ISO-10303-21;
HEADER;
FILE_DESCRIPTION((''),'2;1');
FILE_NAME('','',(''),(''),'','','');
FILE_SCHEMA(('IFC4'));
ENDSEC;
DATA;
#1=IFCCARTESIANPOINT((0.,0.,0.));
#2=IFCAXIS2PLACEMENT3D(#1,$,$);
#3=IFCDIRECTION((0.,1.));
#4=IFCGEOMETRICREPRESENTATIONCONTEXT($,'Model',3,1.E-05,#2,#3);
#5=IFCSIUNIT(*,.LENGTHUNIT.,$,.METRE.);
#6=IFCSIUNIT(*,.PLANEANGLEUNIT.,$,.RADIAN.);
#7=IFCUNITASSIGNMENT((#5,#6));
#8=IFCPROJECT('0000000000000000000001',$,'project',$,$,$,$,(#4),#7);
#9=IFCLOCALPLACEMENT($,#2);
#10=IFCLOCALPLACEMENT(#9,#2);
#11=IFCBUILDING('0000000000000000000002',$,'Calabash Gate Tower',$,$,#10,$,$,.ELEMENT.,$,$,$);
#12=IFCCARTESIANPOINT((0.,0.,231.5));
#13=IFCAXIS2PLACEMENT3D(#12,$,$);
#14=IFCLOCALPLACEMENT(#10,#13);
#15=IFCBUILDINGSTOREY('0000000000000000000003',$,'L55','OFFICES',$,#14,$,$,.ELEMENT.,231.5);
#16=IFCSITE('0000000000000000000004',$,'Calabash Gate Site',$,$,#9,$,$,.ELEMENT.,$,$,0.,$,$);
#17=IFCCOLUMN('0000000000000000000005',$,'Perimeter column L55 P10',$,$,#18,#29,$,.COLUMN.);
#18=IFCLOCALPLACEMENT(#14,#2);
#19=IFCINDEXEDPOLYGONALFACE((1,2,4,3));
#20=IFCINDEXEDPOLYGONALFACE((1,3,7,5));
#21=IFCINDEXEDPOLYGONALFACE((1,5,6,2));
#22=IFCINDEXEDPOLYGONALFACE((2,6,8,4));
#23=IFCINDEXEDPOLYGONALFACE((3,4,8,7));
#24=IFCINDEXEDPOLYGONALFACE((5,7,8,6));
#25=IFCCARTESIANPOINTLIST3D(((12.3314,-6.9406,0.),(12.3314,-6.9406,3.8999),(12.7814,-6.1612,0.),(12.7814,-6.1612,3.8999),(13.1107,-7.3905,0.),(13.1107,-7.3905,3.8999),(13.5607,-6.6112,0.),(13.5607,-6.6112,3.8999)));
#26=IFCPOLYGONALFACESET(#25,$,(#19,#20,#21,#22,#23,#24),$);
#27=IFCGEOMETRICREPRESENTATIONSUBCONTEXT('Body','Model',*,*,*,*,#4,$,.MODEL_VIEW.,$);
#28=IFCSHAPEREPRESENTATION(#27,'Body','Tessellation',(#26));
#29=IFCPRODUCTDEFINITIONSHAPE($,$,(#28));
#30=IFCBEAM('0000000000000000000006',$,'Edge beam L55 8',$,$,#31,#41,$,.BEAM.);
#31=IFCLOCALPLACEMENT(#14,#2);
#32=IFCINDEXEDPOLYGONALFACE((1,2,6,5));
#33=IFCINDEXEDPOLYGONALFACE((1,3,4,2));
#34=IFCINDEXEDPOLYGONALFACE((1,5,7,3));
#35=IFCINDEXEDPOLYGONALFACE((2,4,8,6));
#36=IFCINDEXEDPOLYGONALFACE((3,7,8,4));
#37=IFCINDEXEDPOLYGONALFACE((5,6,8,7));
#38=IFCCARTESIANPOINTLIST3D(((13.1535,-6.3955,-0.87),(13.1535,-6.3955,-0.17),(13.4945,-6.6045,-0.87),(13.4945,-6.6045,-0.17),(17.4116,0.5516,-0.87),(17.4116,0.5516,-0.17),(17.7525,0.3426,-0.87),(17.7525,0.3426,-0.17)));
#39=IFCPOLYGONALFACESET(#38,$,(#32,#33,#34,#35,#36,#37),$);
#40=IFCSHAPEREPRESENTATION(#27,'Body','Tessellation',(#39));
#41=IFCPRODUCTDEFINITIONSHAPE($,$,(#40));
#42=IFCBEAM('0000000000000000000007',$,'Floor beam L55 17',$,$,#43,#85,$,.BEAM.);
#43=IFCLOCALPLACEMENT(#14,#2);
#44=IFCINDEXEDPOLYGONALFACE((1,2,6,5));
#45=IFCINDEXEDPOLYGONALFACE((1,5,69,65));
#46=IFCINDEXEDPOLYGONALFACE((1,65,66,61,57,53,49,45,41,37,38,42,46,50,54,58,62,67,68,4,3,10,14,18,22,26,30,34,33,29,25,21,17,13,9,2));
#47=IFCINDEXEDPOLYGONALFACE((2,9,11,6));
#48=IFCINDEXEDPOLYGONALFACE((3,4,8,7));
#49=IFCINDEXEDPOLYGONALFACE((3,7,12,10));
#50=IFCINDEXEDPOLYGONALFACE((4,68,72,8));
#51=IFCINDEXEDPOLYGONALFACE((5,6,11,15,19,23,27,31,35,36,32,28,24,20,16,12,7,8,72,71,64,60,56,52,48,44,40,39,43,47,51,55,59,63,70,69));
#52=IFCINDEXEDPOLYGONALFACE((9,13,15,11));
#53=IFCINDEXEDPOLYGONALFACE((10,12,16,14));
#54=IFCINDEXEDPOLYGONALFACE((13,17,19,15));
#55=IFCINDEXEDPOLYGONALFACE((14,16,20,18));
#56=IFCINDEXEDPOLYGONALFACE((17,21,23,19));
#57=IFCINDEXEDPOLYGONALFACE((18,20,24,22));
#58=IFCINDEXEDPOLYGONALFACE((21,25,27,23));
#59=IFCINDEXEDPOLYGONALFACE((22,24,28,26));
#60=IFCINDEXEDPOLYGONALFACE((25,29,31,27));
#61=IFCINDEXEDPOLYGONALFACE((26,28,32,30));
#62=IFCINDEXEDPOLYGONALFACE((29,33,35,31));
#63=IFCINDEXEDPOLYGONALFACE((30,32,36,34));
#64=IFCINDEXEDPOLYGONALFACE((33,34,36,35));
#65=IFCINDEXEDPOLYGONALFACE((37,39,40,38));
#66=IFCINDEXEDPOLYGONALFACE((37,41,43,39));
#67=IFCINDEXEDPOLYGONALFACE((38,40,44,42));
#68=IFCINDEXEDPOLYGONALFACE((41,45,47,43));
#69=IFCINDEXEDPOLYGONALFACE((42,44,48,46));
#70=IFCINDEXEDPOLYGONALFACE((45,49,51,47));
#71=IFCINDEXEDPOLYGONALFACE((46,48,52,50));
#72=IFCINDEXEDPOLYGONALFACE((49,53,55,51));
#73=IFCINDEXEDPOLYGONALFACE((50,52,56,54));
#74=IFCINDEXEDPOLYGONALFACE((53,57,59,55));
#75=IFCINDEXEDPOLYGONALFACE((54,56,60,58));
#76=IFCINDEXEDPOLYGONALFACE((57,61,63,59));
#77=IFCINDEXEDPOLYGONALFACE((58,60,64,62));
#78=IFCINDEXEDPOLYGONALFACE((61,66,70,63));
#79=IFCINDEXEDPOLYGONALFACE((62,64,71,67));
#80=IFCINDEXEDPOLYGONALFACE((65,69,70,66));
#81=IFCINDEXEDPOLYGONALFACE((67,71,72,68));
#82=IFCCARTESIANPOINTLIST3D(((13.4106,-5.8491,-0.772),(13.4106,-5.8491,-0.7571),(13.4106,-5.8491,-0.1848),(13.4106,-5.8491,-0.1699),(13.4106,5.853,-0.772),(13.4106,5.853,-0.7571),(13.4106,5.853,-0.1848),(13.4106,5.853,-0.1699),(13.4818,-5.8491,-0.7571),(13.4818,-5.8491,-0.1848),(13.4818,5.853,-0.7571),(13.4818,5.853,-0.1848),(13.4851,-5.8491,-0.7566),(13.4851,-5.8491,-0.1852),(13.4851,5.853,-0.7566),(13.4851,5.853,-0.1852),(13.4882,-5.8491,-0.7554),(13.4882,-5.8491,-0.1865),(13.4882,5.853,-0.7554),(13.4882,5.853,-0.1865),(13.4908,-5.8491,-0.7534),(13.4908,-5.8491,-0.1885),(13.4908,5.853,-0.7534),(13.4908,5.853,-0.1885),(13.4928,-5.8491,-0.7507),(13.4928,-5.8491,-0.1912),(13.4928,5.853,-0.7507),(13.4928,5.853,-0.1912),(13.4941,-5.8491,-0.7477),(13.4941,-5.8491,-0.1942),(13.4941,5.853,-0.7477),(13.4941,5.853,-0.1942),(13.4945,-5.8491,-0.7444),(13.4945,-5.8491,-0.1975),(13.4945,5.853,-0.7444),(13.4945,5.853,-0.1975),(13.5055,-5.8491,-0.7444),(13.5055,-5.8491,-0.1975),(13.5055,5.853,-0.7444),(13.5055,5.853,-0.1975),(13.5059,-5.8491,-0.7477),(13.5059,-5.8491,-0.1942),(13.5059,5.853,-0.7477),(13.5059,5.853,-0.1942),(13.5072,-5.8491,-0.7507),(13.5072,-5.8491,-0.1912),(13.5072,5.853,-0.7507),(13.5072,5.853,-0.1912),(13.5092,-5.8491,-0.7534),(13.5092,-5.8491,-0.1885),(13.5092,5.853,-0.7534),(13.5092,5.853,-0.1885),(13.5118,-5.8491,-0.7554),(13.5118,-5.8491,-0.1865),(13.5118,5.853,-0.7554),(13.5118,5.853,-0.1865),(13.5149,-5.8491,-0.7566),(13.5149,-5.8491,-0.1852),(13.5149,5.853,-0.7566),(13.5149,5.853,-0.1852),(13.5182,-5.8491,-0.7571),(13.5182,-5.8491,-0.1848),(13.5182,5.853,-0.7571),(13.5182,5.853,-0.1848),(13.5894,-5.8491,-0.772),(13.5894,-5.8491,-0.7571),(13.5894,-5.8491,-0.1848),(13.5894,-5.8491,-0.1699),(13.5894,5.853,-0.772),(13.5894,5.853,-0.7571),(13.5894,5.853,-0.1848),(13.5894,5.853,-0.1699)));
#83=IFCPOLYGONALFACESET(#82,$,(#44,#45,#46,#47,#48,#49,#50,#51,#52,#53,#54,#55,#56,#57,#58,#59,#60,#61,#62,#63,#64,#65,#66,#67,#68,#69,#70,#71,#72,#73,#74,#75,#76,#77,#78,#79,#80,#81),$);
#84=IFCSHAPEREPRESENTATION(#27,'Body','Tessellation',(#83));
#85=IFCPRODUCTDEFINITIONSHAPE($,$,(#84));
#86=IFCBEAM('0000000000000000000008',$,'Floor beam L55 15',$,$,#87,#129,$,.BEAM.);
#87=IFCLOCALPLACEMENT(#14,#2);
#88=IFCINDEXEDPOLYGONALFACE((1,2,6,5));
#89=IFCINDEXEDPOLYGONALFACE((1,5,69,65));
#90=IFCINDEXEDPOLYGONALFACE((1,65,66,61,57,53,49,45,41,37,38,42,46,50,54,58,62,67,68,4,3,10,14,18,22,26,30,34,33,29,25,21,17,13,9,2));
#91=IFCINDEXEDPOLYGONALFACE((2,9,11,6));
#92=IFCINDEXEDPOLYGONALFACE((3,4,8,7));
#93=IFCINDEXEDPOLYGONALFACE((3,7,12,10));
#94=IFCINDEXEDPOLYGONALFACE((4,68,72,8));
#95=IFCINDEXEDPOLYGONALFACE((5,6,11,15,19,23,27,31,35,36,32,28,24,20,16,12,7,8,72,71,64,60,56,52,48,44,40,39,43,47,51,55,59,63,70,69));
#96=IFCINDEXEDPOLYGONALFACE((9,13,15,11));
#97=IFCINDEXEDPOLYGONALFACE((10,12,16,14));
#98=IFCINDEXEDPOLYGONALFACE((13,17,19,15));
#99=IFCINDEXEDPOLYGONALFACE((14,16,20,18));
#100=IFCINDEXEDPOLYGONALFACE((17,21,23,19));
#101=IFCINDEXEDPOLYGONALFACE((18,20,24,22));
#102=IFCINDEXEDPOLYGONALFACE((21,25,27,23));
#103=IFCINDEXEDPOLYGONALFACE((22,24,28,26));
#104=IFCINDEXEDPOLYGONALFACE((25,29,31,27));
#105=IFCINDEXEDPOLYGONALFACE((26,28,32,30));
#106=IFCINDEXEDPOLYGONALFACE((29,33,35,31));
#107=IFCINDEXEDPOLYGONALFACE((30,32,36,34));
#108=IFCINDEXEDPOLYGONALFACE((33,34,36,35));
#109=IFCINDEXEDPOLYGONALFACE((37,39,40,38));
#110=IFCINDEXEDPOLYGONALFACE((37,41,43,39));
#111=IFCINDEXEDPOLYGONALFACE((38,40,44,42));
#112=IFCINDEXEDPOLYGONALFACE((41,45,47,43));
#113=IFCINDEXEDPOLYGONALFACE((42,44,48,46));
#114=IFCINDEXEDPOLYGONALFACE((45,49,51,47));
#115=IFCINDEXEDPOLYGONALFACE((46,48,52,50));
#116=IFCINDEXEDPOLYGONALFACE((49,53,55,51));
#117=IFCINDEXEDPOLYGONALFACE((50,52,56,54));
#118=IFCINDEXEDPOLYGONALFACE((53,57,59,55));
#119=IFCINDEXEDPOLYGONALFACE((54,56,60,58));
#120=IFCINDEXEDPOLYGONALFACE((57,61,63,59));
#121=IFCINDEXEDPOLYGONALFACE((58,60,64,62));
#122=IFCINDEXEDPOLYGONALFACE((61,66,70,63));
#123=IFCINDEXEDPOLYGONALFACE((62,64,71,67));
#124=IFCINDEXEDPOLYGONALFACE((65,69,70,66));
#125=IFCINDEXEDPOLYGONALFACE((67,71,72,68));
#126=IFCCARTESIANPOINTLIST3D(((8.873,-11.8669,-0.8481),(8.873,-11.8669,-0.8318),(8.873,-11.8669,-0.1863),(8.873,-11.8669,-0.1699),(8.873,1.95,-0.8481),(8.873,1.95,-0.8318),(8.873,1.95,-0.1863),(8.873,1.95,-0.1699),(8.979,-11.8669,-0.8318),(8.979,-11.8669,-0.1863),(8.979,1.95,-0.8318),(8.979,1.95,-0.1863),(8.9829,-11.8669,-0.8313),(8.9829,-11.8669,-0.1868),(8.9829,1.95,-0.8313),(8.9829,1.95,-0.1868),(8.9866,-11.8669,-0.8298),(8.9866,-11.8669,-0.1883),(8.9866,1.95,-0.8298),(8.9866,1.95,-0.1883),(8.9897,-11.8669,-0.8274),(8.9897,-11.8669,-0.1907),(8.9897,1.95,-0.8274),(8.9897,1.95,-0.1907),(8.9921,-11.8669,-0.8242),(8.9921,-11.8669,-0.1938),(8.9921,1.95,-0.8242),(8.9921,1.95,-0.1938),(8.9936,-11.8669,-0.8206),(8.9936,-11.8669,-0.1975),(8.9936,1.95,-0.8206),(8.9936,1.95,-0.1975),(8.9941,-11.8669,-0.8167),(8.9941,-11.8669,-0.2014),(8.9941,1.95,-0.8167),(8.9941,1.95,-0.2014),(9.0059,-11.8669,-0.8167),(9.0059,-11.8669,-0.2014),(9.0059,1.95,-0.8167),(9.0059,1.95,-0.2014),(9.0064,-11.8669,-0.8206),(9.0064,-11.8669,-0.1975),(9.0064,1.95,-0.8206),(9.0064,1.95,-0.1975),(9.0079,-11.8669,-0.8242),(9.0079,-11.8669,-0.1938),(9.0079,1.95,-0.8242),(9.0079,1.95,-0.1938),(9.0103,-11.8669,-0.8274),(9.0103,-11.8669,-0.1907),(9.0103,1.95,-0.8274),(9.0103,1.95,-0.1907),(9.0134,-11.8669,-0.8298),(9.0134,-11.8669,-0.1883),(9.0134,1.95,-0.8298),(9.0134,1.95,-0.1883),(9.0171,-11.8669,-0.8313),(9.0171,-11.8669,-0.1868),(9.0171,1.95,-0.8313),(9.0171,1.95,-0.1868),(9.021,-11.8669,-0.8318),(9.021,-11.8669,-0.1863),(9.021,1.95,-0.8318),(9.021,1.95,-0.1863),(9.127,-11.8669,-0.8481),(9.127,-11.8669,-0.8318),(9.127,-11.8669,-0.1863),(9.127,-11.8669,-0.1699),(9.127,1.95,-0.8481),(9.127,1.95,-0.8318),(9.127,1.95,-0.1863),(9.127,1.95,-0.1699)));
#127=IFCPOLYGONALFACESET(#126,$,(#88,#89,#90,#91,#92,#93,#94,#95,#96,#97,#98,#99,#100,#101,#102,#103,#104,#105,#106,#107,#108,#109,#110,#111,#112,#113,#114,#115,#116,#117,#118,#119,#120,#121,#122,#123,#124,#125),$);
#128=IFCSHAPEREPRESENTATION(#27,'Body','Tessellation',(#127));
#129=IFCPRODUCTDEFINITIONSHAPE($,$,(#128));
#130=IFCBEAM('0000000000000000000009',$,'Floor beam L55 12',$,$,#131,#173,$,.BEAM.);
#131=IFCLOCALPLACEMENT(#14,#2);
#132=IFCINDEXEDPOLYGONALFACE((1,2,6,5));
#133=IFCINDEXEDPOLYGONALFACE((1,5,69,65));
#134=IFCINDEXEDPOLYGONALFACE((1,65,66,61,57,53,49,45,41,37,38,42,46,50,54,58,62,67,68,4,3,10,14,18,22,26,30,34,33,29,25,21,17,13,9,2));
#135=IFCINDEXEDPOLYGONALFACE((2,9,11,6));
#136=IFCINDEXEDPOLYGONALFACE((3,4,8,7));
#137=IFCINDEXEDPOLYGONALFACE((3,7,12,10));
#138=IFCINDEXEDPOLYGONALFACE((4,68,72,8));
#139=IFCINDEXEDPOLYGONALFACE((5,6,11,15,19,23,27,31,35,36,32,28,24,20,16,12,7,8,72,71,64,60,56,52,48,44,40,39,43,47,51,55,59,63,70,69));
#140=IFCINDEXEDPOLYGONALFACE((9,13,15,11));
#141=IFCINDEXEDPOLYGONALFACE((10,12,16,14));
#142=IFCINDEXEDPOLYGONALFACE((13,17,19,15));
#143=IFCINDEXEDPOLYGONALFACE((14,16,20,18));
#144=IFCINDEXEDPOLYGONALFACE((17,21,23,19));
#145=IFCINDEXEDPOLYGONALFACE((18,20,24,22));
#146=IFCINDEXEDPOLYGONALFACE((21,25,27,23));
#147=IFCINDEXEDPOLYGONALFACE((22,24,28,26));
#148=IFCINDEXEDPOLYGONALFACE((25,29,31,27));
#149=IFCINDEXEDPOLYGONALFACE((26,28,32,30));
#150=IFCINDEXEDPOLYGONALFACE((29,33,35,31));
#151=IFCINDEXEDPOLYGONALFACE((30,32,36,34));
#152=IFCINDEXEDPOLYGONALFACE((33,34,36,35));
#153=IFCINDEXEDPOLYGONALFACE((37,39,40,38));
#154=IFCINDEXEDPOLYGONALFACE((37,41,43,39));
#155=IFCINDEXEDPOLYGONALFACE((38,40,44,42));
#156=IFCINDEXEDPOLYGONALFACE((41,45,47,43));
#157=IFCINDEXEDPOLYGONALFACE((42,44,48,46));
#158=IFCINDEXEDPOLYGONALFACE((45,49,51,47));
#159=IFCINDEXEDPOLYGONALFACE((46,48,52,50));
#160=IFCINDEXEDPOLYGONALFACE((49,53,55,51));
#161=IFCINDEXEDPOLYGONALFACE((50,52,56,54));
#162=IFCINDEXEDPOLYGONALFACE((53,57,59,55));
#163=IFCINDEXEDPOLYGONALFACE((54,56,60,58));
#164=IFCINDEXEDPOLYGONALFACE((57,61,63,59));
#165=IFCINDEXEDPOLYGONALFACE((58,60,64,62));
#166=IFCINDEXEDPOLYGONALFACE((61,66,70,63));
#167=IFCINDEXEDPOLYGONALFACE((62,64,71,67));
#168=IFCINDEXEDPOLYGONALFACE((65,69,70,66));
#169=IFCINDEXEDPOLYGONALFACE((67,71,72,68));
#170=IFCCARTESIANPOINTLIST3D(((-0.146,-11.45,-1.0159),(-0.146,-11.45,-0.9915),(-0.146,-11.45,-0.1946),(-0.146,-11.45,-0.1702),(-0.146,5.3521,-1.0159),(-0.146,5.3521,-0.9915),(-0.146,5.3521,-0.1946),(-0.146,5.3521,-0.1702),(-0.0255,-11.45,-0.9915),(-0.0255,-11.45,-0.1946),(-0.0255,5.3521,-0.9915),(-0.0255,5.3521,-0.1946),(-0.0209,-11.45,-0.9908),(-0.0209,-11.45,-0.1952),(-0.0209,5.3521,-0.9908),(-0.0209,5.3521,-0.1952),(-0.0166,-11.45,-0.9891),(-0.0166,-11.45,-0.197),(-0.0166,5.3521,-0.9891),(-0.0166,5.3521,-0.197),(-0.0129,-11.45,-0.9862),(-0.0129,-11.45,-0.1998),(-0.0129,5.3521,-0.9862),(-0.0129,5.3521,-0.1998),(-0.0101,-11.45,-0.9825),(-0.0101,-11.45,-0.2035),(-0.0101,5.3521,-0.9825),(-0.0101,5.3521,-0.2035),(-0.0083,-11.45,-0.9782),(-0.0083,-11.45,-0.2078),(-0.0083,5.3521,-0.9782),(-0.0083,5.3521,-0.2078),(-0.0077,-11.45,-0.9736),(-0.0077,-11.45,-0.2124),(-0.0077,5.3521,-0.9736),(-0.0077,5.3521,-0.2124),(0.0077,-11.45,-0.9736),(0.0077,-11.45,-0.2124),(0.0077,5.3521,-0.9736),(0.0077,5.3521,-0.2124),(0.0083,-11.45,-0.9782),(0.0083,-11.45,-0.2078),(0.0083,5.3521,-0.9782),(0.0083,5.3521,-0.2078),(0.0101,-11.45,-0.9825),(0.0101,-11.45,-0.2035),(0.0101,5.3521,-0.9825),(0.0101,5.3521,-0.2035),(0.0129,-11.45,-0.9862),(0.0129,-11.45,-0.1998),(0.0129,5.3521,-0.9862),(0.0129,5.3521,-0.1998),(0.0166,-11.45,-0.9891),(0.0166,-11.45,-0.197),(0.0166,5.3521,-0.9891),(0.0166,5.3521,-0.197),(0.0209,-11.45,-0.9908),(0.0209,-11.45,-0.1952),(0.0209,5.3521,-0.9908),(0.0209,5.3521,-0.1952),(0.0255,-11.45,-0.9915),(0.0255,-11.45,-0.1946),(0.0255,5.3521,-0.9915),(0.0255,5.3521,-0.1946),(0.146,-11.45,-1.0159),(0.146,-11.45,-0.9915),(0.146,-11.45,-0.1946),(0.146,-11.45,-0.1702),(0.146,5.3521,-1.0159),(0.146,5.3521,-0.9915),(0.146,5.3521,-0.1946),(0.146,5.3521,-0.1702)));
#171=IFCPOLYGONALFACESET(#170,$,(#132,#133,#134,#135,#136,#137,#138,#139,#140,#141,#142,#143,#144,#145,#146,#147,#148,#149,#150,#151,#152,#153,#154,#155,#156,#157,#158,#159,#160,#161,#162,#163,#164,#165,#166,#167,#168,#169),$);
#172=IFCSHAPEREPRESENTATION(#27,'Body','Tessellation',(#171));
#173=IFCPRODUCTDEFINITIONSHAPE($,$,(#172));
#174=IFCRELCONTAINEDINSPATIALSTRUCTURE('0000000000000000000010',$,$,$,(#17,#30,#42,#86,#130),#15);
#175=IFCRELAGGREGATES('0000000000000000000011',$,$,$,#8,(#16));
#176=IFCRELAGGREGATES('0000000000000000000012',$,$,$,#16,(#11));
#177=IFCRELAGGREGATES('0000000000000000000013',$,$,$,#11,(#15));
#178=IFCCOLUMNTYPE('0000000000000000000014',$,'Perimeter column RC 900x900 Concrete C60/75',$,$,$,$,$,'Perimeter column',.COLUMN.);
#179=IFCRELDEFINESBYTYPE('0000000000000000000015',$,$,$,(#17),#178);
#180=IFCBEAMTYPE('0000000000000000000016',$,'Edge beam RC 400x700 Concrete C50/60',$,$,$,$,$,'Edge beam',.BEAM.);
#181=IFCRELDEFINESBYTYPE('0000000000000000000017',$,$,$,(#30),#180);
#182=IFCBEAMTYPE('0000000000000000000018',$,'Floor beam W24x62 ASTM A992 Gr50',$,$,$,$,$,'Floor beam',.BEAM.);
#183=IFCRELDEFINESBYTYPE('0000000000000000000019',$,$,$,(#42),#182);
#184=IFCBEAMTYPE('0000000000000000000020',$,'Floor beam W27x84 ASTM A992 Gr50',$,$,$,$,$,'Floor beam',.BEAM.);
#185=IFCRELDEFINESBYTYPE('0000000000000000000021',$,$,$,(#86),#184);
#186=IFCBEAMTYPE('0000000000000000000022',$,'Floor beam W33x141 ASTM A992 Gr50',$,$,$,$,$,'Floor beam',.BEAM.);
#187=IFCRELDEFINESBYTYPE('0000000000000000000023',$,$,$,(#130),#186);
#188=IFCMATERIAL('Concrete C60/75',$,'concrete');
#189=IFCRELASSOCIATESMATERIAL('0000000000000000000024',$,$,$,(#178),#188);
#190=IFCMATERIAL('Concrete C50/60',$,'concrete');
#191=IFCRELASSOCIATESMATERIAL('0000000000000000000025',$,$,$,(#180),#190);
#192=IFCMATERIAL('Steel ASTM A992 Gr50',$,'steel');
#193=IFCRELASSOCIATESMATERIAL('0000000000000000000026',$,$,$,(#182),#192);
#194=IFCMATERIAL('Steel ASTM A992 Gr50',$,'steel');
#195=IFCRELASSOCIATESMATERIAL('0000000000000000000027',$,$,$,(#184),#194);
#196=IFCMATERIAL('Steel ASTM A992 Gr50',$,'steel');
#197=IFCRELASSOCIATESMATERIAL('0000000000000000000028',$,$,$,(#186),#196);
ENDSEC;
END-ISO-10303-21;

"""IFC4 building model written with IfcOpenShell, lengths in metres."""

from ifc_helpers import new_model, si_unit, direction, frame, origin, origin_2d, place, context, subcontext, project, spatial, rectangle, i_section, extrude, material, material_profile, profile_set, type_object, element, save


model = new_model("IFC4")

# Units and contexts
model_context = context("Model", 3, precision=1e-05, world=origin(), true_north=direction((0.0, 1.0)))
body_context = subcontext(model_context, "Body", "Model", "MODEL_VIEW")
ifc_project = project(units=[si_unit("LENGTHUNIT", "METRE"), si_unit("PLANEANGLEUNIT", "RADIAN")], contexts=[model_context])

# Site, building, storey
site_placement = place(None, origin())
site = spatial("IfcSite", under=ifc_project, at=site_placement, Name="Calabash Gate Site", CompositionType="ELEMENT", RefElevation=0.0)
building_placement = place(site_placement, origin())
building = spatial("IfcBuilding", under=site, at=building_placement, Name="Calabash Gate Tower", CompositionType="ELEMENT")
storey_placement = place(building_placement, frame((0.0, 0.0, 231.5)))
storey = spatial("IfcBuildingStorey", under=building, at=storey_placement, Name="L55", Description="OFFICES", CompositionType="ELEMENT", Elevation=231.5)

# Column
ifc_material_1 = material(Name="Concrete C60/75", Category="concrete")
ifc_material_profile_1 = material_profile(ifc_material_1, rectangle(XDim=0.8999, YDim=0.8999, at=origin_2d()))
ifc_profile_set_1 = profile_set([ifc_material_profile_1], Name="Concrete C60/75")
column_type = type_object("IfcColumnType", Name="Perimeter column RC 900x900 Concrete C60/75", ElementType="Perimeter column", PredefinedType="COLUMN", material=ifc_profile_set_1)
column_placement = place(storey_placement, frame((12.946, -6.7759, 0.0), z_axis=(0.0, 0.0, 1.0), x_axis=(0.5, 0.866025, 0.0)))
element("IfcColumn", 1, at=column_placement, inside=storey, type_object=column_type, Name="Perimeter column L55 P10", PredefinedType="COLUMN", context=body_context, shape_type="SweptSolid", body=[
    extrude(rectangle(XDim=0.8999, YDim=0.8999, at=origin_2d()), origin(), (0.0, 0.0, 1.0), 3.8999),
])

# Beams
ifc_material_2 = material(Name="Concrete C50/60", Category="concrete")
ifc_material_profile_2 = material_profile(ifc_material_2, rectangle(XDim=0.3999, YDim=0.7, at=origin_2d()))
ifc_profile_set_2 = profile_set([ifc_material_profile_2], Name="Concrete C50/60")
beam_type_1 = type_object("IfcBeamType", Name="Edge beam RC 400x700 Concrete C50/60", ElementType="Edge beam", PredefinedType="BEAM", material=ifc_profile_set_2)
beam_1_placement = place(storey_placement, frame((13.324, -6.5, -0.52), z_axis=(0.52258, 0.85259, 0.0), x_axis=(-0.85259, 0.52258, 0.0)))
element("IfcBeam", 2, at=beam_1_placement, inside=storey, type_object=beam_type_1, Name="Edge beam L55 8", PredefinedType="BEAM", context=body_context, shape_type="SweptSolid", body=[
    extrude(rectangle(XDim=0.3999, YDim=0.7, at=origin_2d()), origin(), (0.0, 0.0, 1.0), 8.1482),
])
ifc_material_3 = material(Name="Steel ASTM A992 Gr50", Category="steel")
ifc_material_profile_3 = material_profile(ifc_material_3, i_section(OverallWidth=0.1787, OverallDepth=0.6021, WebThickness=0.011, FlangeThickness=0.0149, FilletRadius=0.0127, at=origin_2d()))
ifc_profile_set_3 = profile_set([ifc_material_profile_3], Name="Steel ASTM A992 Gr50")
beam_type_2 = type_object("IfcBeamType", Name="Floor beam W24x62 ASTM A992 Gr50", ElementType="Floor beam", PredefinedType="BEAM", material=ifc_profile_set_3)
beam_2_placement = place(storey_placement, frame((13.5, -5.8491, -0.4709), z_axis=(0.0, 1.0, 0.0), x_axis=(-1.0, 0.0, 0.0)))
element("IfcBeam", 3, at=beam_2_placement, inside=storey, type_object=beam_type_2, Name="Floor beam L55 17", PredefinedType="BEAM", context=body_context, shape_type="SweptSolid", body=[
    extrude(i_section(OverallWidth=0.1787, OverallDepth=0.6021, WebThickness=0.011, FlangeThickness=0.0149, FilletRadius=0.0127, at=origin_2d()), origin(), (0.0, 0.0, 1.0), 11.7021),
])
ifc_material_4 = material(Name="Steel ASTM A992 Gr50", Category="steel")
ifc_material_profile_4 = material_profile(ifc_material_4, i_section(OverallWidth=0.2539, OverallDepth=0.6782, WebThickness=0.0117, FlangeThickness=0.0164, FilletRadius=0.0151, at=origin_2d()))
ifc_profile_set_4 = profile_set([ifc_material_profile_4], Name="Steel ASTM A992 Gr50")
beam_type_3 = type_object("IfcBeamType", Name="Floor beam W27x84 ASTM A992 Gr50", ElementType="Floor beam", PredefinedType="BEAM", material=ifc_profile_set_4)
beam_3_placement = place(storey_placement, frame((9.0, -11.8669, -0.509), z_axis=(0.0, 1.0, 0.0), x_axis=(-1.0, 0.0, 0.0)))
element("IfcBeam", 4, at=beam_3_placement, inside=storey, type_object=beam_type_3, Name="Floor beam L55 15", PredefinedType="BEAM", context=body_context, shape_type="SweptSolid", body=[
    extrude(i_section(OverallWidth=0.2539, OverallDepth=0.6782, WebThickness=0.0117, FlangeThickness=0.0164, FilletRadius=0.0151, at=origin_2d()), origin(), (0.0, 0.0, 1.0), 13.8169),
])
ifc_material_5 = material(Name="Steel ASTM A992 Gr50", Category="steel")
ifc_material_profile_5 = material_profile(ifc_material_5, i_section(OverallWidth=0.292, OverallDepth=0.8457, WebThickness=0.0154, FlangeThickness=0.0244, FilletRadius=0.0178, at=origin_2d()))
ifc_profile_set_5 = profile_set([ifc_material_profile_5], Name="Steel ASTM A992 Gr50")
beam_type_4 = type_object("IfcBeamType", Name="Floor beam W33x141 ASTM A992 Gr50", ElementType="Floor beam", PredefinedType="BEAM", material=ifc_profile_set_5)
beam_4_placement = place(storey_placement, frame((0.0, -11.45, -0.593), z_axis=(0.0, 1.0, 0.0), x_axis=(-1.0, 0.0, 0.0)))
element("IfcBeam", 5, at=beam_4_placement, inside=storey, type_object=beam_type_4, Name="Floor beam L55 12", PredefinedType="BEAM", context=body_context, shape_type="SweptSolid", body=[
    extrude(i_section(OverallWidth=0.292, OverallDepth=0.8457, WebThickness=0.0154, FlangeThickness=0.0244, FilletRadius=0.0178, at=origin_2d()), origin(), (0.0, 0.0, 1.0), 16.802),
])

save(model, "model.ifc")
